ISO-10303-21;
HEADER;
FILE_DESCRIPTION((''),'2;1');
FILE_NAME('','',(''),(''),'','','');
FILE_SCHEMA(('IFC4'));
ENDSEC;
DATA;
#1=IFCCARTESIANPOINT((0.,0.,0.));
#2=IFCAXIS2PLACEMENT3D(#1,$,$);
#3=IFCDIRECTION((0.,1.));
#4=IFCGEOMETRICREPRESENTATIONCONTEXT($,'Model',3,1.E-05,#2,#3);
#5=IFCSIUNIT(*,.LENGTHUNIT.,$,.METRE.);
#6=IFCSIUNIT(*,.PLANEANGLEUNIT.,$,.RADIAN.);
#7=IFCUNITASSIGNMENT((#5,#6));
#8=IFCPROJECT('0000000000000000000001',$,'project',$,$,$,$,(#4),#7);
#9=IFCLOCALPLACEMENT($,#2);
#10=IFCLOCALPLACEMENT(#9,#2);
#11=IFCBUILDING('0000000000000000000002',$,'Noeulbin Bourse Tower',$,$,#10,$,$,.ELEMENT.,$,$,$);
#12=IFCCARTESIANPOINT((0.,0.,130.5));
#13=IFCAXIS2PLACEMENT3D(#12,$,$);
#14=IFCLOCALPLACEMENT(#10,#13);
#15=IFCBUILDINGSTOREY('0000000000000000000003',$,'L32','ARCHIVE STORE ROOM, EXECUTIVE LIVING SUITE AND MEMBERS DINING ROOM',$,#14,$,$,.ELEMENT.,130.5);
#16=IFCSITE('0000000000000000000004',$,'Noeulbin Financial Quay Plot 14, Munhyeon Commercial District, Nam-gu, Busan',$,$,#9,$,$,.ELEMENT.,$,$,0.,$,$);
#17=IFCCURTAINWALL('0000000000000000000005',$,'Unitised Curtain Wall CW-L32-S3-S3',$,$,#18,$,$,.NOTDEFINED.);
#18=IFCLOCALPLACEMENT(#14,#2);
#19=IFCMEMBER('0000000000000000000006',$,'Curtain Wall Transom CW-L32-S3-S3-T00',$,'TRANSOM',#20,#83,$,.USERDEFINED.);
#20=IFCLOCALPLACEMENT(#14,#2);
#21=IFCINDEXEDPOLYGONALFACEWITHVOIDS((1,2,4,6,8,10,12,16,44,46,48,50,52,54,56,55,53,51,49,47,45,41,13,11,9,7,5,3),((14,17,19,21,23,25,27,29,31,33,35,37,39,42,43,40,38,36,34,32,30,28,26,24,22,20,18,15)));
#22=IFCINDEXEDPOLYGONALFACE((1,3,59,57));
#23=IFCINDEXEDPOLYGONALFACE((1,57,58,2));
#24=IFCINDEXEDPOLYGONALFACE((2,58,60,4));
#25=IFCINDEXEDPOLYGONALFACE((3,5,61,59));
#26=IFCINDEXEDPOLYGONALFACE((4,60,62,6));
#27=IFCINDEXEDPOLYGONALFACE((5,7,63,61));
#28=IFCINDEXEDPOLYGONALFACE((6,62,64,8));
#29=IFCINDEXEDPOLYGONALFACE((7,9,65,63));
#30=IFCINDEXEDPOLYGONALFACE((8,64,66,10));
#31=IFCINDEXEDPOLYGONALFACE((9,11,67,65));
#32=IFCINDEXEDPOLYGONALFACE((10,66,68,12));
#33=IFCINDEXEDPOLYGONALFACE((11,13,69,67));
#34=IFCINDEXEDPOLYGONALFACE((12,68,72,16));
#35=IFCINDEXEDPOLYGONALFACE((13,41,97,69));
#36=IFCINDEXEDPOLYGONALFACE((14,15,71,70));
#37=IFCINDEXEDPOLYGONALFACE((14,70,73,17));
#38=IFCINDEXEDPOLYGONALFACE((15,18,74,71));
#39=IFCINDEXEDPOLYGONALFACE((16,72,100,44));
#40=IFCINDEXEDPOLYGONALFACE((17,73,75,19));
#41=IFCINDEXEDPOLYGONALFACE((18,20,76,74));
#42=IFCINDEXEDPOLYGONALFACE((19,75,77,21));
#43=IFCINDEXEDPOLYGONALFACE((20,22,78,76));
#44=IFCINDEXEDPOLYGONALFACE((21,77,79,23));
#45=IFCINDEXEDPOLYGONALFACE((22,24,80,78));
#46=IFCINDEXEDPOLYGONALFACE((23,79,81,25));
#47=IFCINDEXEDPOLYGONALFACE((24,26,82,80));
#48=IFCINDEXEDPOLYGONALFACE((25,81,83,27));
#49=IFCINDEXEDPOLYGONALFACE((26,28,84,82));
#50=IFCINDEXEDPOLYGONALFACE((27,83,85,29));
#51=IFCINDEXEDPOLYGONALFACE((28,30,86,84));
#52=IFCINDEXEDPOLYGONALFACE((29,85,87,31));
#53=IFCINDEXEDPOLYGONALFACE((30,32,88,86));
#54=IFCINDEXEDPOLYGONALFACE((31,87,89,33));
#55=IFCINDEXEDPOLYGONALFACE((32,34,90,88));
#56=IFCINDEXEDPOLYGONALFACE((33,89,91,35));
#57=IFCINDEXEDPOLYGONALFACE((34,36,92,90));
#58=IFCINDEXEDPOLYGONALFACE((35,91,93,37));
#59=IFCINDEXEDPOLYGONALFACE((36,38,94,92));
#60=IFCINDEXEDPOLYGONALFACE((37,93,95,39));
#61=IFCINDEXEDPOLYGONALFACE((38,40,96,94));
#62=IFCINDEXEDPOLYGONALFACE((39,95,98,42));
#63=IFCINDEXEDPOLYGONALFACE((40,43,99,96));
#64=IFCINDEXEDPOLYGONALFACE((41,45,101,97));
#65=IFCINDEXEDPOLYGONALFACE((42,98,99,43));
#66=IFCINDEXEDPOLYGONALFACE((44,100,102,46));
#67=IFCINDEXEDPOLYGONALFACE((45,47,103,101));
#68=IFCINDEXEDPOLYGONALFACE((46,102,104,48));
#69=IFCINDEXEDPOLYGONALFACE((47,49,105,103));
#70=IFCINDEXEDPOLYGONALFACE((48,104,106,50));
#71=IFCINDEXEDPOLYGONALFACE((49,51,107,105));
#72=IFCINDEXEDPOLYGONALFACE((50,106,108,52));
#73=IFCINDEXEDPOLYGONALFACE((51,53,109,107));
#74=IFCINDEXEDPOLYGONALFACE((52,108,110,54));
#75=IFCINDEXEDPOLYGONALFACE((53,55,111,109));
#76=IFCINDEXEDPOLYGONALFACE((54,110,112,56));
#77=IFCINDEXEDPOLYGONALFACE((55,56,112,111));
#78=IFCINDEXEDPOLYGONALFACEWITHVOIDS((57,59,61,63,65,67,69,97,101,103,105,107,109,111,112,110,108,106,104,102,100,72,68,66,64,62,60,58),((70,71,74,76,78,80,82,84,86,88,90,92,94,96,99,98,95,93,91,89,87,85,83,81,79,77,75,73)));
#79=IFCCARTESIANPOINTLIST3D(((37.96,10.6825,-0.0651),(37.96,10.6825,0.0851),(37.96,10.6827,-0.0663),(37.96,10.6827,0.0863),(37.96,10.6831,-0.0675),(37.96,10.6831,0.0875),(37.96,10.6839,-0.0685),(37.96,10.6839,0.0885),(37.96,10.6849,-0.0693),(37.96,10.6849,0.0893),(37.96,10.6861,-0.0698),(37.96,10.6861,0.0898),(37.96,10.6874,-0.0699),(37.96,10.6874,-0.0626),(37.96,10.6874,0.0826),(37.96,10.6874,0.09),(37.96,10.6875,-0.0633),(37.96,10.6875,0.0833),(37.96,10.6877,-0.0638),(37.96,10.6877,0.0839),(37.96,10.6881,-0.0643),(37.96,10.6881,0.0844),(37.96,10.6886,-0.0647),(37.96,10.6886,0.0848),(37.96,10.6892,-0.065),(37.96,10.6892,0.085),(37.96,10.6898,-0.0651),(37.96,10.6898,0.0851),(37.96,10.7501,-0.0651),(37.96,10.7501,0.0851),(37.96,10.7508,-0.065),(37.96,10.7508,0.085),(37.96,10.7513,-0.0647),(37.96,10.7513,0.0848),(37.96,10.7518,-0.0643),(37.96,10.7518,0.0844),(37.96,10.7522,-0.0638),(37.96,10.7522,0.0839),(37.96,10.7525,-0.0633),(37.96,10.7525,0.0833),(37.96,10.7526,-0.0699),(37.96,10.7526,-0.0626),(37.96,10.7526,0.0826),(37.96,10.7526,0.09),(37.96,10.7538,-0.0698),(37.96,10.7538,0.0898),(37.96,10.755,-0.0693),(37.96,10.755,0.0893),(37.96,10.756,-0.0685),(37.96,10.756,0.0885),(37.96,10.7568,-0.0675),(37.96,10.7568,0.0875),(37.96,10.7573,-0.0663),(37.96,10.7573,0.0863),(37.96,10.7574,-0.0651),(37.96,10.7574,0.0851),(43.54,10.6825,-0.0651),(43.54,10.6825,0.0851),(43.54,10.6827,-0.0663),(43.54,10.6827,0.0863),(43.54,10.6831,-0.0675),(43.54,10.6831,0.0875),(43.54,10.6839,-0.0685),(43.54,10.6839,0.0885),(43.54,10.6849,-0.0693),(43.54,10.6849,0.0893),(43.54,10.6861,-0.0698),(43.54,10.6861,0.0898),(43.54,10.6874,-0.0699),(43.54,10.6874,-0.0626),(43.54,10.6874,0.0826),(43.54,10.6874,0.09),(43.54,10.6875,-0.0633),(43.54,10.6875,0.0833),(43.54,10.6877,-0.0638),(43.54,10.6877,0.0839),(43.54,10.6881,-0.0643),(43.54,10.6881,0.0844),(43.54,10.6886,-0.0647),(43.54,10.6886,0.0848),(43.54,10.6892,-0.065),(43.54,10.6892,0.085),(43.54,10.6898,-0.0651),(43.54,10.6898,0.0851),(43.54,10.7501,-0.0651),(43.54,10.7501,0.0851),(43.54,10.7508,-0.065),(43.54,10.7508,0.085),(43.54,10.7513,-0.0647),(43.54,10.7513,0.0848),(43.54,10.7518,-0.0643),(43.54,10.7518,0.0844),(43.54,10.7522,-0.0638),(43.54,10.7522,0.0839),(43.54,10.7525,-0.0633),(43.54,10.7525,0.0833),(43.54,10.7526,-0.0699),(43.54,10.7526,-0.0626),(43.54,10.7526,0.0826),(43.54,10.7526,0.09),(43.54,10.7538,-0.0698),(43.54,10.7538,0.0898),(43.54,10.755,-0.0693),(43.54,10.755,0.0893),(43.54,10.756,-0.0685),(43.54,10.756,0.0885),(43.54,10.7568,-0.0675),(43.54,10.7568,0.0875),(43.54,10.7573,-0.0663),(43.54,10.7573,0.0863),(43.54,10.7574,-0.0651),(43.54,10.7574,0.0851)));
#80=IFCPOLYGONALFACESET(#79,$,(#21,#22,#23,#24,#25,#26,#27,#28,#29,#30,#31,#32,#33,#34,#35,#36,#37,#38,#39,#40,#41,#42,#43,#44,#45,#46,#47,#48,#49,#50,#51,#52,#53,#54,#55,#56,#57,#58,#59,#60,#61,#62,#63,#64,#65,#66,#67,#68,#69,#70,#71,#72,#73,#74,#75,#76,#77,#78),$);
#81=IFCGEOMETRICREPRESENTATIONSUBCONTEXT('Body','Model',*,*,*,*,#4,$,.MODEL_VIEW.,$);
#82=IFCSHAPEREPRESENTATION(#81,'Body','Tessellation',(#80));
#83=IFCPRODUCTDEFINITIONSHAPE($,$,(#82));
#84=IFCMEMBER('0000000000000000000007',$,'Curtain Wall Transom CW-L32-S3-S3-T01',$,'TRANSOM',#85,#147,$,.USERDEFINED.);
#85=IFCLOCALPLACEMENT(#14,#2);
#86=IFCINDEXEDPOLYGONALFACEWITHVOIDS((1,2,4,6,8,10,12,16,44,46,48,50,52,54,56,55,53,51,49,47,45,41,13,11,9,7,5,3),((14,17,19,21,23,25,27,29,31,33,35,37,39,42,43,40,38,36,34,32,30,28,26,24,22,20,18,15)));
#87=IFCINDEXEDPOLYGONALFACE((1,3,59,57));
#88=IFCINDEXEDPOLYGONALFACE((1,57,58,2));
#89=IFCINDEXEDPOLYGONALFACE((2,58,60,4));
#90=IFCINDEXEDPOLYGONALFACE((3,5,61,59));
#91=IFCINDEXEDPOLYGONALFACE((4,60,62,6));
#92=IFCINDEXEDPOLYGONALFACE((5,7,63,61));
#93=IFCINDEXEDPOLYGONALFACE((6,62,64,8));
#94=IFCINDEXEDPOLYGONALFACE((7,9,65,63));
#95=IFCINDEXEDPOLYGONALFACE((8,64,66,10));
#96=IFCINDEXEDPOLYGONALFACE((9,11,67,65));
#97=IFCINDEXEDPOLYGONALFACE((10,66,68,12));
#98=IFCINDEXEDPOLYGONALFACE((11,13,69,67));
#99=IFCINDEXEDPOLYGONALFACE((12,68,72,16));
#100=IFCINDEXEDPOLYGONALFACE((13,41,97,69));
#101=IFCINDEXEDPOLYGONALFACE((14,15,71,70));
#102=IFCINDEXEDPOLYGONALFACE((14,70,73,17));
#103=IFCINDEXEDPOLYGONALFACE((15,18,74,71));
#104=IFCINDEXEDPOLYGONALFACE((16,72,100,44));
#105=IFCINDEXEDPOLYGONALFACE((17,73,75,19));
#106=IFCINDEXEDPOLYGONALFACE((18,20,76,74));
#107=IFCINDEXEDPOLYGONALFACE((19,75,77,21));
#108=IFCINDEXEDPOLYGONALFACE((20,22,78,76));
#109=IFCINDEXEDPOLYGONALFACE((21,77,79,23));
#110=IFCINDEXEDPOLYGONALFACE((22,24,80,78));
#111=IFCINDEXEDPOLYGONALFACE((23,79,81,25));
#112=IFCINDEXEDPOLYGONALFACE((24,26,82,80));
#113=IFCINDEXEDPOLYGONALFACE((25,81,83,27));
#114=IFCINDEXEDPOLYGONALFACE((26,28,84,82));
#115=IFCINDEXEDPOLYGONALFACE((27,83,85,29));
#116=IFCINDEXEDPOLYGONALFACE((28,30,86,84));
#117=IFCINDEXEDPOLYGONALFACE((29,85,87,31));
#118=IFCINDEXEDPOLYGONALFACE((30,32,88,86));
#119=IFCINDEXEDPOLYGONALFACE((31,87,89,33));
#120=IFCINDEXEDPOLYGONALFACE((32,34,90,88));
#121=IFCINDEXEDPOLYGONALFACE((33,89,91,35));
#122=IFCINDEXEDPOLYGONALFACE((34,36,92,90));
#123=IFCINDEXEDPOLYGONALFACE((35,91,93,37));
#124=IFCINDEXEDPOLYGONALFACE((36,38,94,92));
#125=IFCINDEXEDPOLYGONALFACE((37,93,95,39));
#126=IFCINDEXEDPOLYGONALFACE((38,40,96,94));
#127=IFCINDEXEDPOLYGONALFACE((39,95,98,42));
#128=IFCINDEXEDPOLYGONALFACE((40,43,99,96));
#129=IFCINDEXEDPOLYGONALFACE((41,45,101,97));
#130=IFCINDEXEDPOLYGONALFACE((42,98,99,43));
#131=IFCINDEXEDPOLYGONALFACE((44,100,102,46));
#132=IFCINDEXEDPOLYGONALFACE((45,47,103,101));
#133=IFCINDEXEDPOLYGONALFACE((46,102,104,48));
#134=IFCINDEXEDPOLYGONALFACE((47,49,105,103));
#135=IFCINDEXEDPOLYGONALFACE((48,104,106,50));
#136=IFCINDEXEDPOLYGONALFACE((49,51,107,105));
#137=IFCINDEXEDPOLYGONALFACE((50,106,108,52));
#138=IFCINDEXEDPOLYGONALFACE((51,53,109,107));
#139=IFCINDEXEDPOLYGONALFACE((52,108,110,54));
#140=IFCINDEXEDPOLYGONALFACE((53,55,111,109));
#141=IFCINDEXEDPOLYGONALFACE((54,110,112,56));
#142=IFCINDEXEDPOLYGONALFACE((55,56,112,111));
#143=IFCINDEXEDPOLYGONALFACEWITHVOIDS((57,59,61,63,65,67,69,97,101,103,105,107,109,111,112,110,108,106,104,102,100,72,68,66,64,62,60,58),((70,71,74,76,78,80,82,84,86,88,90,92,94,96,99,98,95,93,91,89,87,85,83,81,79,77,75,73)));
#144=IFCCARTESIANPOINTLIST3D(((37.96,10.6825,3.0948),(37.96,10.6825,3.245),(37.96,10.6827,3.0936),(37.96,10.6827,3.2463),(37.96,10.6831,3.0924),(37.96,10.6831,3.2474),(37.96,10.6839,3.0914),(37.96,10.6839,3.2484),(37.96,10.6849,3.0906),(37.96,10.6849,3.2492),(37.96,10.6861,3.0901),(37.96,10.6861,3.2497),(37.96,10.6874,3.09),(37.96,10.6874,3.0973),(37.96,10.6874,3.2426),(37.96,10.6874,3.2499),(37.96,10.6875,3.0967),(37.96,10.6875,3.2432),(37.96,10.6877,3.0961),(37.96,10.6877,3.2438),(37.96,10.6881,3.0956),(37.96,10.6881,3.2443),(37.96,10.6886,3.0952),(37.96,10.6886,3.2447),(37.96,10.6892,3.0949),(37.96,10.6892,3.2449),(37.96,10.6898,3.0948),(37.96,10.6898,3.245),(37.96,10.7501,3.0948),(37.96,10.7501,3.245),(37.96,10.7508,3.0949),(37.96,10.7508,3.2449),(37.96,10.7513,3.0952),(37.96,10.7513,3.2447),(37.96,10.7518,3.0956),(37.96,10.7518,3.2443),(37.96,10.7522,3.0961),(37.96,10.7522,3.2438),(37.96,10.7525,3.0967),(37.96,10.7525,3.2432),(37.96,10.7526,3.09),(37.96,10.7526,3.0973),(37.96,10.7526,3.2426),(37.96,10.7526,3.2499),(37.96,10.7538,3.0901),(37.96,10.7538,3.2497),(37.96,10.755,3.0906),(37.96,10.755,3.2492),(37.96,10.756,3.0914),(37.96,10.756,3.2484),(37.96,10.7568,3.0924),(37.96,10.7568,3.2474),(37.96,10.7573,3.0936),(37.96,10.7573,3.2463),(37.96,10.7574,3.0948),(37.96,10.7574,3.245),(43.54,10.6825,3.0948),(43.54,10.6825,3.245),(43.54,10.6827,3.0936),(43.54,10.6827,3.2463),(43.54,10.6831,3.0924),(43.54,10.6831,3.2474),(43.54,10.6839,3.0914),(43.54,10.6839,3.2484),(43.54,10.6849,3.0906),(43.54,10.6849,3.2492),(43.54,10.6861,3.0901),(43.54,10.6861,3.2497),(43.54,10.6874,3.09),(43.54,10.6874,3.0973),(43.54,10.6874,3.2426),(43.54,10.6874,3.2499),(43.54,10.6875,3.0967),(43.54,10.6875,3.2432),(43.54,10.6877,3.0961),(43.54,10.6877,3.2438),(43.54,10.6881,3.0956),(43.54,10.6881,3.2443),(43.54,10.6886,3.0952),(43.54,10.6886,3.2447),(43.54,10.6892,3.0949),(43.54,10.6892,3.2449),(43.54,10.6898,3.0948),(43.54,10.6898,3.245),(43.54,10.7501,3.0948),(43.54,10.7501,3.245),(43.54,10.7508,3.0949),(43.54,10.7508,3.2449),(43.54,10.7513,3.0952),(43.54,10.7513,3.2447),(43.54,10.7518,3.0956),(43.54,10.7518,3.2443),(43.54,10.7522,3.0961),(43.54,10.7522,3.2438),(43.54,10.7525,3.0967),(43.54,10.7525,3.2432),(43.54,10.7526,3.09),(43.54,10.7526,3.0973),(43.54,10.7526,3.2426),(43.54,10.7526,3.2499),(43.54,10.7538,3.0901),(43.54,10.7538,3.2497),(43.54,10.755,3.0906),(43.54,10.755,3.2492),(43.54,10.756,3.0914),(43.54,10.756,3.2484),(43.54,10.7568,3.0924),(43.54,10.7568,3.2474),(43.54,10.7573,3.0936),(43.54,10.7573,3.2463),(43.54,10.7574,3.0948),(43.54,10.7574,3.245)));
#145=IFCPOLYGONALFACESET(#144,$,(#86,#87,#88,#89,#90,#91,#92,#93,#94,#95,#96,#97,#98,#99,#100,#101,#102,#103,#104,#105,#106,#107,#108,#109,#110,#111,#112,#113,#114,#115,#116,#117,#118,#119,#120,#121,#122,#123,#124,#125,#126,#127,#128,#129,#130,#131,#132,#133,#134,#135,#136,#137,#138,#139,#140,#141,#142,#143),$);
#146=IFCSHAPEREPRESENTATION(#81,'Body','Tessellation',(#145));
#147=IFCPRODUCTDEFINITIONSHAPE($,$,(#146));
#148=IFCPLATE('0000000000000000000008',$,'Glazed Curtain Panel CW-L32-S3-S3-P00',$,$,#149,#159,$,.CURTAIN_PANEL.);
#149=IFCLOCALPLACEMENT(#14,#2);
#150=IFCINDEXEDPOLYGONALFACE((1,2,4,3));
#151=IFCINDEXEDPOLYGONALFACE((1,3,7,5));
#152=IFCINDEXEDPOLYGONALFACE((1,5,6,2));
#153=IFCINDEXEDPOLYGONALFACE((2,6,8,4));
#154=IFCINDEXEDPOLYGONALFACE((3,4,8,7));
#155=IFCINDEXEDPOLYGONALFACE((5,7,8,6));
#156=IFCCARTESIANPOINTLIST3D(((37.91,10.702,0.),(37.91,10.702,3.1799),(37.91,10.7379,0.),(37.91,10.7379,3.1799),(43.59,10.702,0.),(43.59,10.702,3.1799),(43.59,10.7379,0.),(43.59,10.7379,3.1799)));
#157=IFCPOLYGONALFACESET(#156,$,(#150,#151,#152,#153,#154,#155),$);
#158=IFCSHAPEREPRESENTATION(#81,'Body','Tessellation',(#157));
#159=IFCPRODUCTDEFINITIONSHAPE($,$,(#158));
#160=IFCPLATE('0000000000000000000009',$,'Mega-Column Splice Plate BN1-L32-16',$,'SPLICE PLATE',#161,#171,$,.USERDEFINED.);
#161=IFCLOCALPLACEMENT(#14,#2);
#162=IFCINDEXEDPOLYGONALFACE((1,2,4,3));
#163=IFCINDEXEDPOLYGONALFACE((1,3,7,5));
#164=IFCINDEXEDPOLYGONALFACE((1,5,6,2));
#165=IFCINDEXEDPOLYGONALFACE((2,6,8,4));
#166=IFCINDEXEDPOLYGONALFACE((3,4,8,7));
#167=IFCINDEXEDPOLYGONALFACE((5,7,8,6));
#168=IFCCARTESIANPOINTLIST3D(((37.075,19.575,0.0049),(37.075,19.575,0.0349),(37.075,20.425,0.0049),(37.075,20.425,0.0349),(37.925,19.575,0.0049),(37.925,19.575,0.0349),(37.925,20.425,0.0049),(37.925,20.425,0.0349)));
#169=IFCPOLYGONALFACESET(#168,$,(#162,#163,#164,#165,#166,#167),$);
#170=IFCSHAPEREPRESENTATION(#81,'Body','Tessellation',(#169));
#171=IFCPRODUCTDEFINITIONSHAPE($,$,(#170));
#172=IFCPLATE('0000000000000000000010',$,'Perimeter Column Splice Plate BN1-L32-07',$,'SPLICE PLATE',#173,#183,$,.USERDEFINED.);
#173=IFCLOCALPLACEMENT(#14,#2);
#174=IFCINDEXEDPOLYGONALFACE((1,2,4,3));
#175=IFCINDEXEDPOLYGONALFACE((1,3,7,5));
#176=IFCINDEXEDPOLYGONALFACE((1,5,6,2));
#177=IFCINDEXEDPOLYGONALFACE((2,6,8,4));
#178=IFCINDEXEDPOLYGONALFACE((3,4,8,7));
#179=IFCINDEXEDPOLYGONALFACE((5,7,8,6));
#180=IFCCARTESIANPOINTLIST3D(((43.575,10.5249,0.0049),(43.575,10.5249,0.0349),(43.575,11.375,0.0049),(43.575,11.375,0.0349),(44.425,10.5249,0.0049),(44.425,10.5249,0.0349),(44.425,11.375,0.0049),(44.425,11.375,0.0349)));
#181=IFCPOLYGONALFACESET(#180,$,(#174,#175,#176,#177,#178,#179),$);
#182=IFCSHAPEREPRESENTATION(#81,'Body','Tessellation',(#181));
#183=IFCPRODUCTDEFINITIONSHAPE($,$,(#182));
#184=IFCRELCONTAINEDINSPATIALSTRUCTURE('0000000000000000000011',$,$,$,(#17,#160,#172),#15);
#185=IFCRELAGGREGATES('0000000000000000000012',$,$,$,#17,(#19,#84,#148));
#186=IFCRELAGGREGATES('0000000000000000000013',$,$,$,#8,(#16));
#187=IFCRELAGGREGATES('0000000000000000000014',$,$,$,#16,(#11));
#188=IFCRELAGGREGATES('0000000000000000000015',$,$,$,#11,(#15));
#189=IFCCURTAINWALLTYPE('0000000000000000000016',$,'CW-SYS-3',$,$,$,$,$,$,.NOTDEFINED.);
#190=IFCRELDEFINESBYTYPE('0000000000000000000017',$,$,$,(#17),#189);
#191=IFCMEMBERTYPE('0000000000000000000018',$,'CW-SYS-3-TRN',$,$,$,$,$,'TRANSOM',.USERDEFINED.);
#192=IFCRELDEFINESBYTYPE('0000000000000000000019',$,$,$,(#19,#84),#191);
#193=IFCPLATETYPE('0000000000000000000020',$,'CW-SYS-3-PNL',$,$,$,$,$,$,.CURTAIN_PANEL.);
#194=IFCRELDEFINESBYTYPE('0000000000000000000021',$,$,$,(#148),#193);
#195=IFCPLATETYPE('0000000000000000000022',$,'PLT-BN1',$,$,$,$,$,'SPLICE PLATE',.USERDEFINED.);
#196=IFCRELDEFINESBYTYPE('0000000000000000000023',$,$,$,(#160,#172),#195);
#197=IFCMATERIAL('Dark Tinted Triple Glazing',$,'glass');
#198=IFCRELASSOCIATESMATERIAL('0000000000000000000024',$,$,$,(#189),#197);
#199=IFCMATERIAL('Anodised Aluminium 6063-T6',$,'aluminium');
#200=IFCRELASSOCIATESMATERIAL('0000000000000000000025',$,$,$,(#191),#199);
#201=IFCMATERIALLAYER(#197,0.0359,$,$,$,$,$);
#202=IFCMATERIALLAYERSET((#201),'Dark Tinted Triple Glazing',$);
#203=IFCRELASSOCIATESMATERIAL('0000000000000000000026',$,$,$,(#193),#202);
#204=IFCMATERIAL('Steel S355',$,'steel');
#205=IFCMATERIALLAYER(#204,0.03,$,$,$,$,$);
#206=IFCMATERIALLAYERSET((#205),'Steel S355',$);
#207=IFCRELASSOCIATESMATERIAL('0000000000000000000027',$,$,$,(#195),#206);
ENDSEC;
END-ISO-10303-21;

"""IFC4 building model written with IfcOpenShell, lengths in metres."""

from ifc_helpers import new_model, si_unit, direction, frame, origin, origin_2d, place, context, subcontext, project, spatial, rectangle, hollow_rectangle, extrude, material, layer, layer_set, material_profile, profile_set, type_object, element, aggregate, save


model = new_model("IFC4")

# Units and contexts
model_context = context("Model", 3, precision=1e-05, world=origin(), true_north=direction((0.0, 1.0)))
body_context = subcontext(model_context, "Body", "Model", "MODEL_VIEW")
ifc_project = project(units=[si_unit("LENGTHUNIT", "METRE"), si_unit("PLANEANGLEUNIT", "RADIAN")], contexts=[model_context])

# Site, building, storey
site_placement = place(None, origin())
site = spatial("IfcSite", under=ifc_project, at=site_placement, Name="Noeulbin Financial Quay Plot 14, Munhyeon Commercial District, Nam-gu, Busan", CompositionType="ELEMENT", RefElevation=0.0)
building_placement = place(site_placement, origin())
building = spatial("IfcBuilding", under=site, at=building_placement, Name="Noeulbin Bourse Tower", CompositionType="ELEMENT")
storey_placement = place(building_placement, frame((0.0, 0.0, 130.5)))
storey = spatial("IfcBuildingStorey", under=building, at=storey_placement, Name="L32", Description="ARCHIVE STORE ROOM, EXECUTIVE LIVING SUITE AND MEMBERS DINING ROOM", CompositionType="ELEMENT", Elevation=130.5)

# Shared definitions
ifc_material_1 = material(Name="Steel S355", Category="steel")

# Curtain wall, members, plate
ifc_material_2 = material(Name="Dark Tinted Triple Glazing", Category="glass")
curtain_wall_type = type_object("IfcCurtainWallType", Name="CW-SYS-3", PredefinedType="NOTDEFINED", material=ifc_material_2)
curtain_wall_placement = place(storey_placement, origin())
curtain_wall = element("IfcCurtainWall", 1, at=curtain_wall_placement, inside=storey, type_object=curtain_wall_type, Name="Unitised Curtain Wall CW-L32-S3-S3", PredefinedType="NOTDEFINED")
ifc_material_3 = material(Name="Anodised Aluminium 6063-T6", Category="aluminium")
ifc_material_profile_1 = material_profile(ifc_material_3, hollow_rectangle(XDim=0.075, YDim=0.1599, WallThickness=0.0049, InnerFilletRadius=0.0024, OuterFilletRadius=0.0049, at=origin_2d()), Name="ALU-TRAN-75x160x5", Category="LoadBearing")
ifc_profile_set_1 = profile_set([ifc_material_profile_1], Name="Anodised Aluminium 6063-T6")
member_type_1 = type_object("IfcMemberType", Name="CW-SYS-3-TRN", ElementType="TRANSOM", PredefinedType="USERDEFINED", material=ifc_profile_set_1)
member_1_placement = place(storey_placement, frame((37.96, 10.72, 0.01), z_axis=(1.0, 0.0, 0.0), x_axis=(0.0, 1.0, 0.0)))
member_1 = element("IfcMember", 2, at=member_1_placement, type_object=member_type_1, Name="Curtain Wall Transom CW-L32-S3-S3-T00", ObjectType="TRANSOM", PredefinedType="USERDEFINED", context=body_context, shape_type="SweptSolid", body=[
    extrude(hollow_rectangle(XDim=0.075, YDim=0.1599, WallThickness=0.0049, InnerFilletRadius=0.0024, OuterFilletRadius=0.0049, at=origin_2d()), origin(), (0.0, 0.0, 1.0), 5.5801),
])
member_2_placement = place(storey_placement, frame((37.96, 10.72, 3.1699), z_axis=(1.0, 0.0, 0.0), x_axis=(0.0, 1.0, 0.0)))
member_2 = element("IfcMember", 3, at=member_2_placement, type_object=member_type_1, Name="Curtain Wall Transom CW-L32-S3-S3-T01", ObjectType="TRANSOM", PredefinedType="USERDEFINED", context=body_context, shape_type="SweptSolid", body=[
    extrude(hollow_rectangle(XDim=0.075, YDim=0.1599, WallThickness=0.0049, InnerFilletRadius=0.0024, OuterFilletRadius=0.0049, at=origin_2d()), origin(), (0.0, 0.0, 1.0), 5.5801),
])
ifc_layer_1 = layer(ifc_material_2, 0.0359)
ifc_layer_set_1 = layer_set([ifc_layer_1], Name="Dark Tinted Triple Glazing")
plate_type_1 = type_object("IfcPlateType", Name="CW-SYS-3-PNL", PredefinedType="CURTAIN_PANEL", material=ifc_layer_set_1)
plate_placement = place(storey_placement, frame((40.75, 10.72, 0.0), z_axis=(0.0, 0.0, 1.0), x_axis=(1.0, 0.0, 0.0)))
plate = element("IfcPlate", 4, at=plate_placement, type_object=plate_type_1, Name="Glazed Curtain Panel CW-L32-S3-S3-P00", PredefinedType="CURTAIN_PANEL", context=body_context, shape_type="SweptSolid", body=[
    extrude(rectangle(XDim=5.6799, YDim=0.0359, at=origin_2d()), origin(), (0.0, 0.0, 1.0), 3.1799),
])
aggregate(curtain_wall, [member_1, member_2, plate])

# Plates
ifc_layer_2 = layer(ifc_material_1, 0.03)
ifc_layer_set_2 = layer_set([ifc_layer_2], Name="Steel S355")
plate_type_2 = type_object("IfcPlateType", Name="PLT-BN1", ElementType="SPLICE PLATE", PredefinedType="USERDEFINED", material=ifc_layer_set_2)
for number, where, z_axis, x_axis, name in (
    (5, (37.5, 20.0, 0.0049), (0.0, 0.0, 1.0), (1.0, 0.0, 0.0), "Mega-Column Splice Plate BN1-L32-16"),
    (6, (44.0, 10.95, 0.0049), (0.0, 0.0, 1.0), (1.0, 0.0, 0.0), "Perimeter Column Splice Plate BN1-L32-07"),
):
    element("IfcPlate", number, at=place(storey_placement, frame(where, z_axis=z_axis, x_axis=x_axis)), inside=storey, type_object=plate_type_2, Name=name, ObjectType="SPLICE PLATE", PredefinedType="USERDEFINED", context=body_context, shape_type="SweptSolid", body=[
        extrude(rectangle(XDim=0.8501, YDim=0.8501, at=origin_2d()), origin(), (0.0, 0.0, 1.0), 0.03),
    ])

save(model, "model.ifc")
